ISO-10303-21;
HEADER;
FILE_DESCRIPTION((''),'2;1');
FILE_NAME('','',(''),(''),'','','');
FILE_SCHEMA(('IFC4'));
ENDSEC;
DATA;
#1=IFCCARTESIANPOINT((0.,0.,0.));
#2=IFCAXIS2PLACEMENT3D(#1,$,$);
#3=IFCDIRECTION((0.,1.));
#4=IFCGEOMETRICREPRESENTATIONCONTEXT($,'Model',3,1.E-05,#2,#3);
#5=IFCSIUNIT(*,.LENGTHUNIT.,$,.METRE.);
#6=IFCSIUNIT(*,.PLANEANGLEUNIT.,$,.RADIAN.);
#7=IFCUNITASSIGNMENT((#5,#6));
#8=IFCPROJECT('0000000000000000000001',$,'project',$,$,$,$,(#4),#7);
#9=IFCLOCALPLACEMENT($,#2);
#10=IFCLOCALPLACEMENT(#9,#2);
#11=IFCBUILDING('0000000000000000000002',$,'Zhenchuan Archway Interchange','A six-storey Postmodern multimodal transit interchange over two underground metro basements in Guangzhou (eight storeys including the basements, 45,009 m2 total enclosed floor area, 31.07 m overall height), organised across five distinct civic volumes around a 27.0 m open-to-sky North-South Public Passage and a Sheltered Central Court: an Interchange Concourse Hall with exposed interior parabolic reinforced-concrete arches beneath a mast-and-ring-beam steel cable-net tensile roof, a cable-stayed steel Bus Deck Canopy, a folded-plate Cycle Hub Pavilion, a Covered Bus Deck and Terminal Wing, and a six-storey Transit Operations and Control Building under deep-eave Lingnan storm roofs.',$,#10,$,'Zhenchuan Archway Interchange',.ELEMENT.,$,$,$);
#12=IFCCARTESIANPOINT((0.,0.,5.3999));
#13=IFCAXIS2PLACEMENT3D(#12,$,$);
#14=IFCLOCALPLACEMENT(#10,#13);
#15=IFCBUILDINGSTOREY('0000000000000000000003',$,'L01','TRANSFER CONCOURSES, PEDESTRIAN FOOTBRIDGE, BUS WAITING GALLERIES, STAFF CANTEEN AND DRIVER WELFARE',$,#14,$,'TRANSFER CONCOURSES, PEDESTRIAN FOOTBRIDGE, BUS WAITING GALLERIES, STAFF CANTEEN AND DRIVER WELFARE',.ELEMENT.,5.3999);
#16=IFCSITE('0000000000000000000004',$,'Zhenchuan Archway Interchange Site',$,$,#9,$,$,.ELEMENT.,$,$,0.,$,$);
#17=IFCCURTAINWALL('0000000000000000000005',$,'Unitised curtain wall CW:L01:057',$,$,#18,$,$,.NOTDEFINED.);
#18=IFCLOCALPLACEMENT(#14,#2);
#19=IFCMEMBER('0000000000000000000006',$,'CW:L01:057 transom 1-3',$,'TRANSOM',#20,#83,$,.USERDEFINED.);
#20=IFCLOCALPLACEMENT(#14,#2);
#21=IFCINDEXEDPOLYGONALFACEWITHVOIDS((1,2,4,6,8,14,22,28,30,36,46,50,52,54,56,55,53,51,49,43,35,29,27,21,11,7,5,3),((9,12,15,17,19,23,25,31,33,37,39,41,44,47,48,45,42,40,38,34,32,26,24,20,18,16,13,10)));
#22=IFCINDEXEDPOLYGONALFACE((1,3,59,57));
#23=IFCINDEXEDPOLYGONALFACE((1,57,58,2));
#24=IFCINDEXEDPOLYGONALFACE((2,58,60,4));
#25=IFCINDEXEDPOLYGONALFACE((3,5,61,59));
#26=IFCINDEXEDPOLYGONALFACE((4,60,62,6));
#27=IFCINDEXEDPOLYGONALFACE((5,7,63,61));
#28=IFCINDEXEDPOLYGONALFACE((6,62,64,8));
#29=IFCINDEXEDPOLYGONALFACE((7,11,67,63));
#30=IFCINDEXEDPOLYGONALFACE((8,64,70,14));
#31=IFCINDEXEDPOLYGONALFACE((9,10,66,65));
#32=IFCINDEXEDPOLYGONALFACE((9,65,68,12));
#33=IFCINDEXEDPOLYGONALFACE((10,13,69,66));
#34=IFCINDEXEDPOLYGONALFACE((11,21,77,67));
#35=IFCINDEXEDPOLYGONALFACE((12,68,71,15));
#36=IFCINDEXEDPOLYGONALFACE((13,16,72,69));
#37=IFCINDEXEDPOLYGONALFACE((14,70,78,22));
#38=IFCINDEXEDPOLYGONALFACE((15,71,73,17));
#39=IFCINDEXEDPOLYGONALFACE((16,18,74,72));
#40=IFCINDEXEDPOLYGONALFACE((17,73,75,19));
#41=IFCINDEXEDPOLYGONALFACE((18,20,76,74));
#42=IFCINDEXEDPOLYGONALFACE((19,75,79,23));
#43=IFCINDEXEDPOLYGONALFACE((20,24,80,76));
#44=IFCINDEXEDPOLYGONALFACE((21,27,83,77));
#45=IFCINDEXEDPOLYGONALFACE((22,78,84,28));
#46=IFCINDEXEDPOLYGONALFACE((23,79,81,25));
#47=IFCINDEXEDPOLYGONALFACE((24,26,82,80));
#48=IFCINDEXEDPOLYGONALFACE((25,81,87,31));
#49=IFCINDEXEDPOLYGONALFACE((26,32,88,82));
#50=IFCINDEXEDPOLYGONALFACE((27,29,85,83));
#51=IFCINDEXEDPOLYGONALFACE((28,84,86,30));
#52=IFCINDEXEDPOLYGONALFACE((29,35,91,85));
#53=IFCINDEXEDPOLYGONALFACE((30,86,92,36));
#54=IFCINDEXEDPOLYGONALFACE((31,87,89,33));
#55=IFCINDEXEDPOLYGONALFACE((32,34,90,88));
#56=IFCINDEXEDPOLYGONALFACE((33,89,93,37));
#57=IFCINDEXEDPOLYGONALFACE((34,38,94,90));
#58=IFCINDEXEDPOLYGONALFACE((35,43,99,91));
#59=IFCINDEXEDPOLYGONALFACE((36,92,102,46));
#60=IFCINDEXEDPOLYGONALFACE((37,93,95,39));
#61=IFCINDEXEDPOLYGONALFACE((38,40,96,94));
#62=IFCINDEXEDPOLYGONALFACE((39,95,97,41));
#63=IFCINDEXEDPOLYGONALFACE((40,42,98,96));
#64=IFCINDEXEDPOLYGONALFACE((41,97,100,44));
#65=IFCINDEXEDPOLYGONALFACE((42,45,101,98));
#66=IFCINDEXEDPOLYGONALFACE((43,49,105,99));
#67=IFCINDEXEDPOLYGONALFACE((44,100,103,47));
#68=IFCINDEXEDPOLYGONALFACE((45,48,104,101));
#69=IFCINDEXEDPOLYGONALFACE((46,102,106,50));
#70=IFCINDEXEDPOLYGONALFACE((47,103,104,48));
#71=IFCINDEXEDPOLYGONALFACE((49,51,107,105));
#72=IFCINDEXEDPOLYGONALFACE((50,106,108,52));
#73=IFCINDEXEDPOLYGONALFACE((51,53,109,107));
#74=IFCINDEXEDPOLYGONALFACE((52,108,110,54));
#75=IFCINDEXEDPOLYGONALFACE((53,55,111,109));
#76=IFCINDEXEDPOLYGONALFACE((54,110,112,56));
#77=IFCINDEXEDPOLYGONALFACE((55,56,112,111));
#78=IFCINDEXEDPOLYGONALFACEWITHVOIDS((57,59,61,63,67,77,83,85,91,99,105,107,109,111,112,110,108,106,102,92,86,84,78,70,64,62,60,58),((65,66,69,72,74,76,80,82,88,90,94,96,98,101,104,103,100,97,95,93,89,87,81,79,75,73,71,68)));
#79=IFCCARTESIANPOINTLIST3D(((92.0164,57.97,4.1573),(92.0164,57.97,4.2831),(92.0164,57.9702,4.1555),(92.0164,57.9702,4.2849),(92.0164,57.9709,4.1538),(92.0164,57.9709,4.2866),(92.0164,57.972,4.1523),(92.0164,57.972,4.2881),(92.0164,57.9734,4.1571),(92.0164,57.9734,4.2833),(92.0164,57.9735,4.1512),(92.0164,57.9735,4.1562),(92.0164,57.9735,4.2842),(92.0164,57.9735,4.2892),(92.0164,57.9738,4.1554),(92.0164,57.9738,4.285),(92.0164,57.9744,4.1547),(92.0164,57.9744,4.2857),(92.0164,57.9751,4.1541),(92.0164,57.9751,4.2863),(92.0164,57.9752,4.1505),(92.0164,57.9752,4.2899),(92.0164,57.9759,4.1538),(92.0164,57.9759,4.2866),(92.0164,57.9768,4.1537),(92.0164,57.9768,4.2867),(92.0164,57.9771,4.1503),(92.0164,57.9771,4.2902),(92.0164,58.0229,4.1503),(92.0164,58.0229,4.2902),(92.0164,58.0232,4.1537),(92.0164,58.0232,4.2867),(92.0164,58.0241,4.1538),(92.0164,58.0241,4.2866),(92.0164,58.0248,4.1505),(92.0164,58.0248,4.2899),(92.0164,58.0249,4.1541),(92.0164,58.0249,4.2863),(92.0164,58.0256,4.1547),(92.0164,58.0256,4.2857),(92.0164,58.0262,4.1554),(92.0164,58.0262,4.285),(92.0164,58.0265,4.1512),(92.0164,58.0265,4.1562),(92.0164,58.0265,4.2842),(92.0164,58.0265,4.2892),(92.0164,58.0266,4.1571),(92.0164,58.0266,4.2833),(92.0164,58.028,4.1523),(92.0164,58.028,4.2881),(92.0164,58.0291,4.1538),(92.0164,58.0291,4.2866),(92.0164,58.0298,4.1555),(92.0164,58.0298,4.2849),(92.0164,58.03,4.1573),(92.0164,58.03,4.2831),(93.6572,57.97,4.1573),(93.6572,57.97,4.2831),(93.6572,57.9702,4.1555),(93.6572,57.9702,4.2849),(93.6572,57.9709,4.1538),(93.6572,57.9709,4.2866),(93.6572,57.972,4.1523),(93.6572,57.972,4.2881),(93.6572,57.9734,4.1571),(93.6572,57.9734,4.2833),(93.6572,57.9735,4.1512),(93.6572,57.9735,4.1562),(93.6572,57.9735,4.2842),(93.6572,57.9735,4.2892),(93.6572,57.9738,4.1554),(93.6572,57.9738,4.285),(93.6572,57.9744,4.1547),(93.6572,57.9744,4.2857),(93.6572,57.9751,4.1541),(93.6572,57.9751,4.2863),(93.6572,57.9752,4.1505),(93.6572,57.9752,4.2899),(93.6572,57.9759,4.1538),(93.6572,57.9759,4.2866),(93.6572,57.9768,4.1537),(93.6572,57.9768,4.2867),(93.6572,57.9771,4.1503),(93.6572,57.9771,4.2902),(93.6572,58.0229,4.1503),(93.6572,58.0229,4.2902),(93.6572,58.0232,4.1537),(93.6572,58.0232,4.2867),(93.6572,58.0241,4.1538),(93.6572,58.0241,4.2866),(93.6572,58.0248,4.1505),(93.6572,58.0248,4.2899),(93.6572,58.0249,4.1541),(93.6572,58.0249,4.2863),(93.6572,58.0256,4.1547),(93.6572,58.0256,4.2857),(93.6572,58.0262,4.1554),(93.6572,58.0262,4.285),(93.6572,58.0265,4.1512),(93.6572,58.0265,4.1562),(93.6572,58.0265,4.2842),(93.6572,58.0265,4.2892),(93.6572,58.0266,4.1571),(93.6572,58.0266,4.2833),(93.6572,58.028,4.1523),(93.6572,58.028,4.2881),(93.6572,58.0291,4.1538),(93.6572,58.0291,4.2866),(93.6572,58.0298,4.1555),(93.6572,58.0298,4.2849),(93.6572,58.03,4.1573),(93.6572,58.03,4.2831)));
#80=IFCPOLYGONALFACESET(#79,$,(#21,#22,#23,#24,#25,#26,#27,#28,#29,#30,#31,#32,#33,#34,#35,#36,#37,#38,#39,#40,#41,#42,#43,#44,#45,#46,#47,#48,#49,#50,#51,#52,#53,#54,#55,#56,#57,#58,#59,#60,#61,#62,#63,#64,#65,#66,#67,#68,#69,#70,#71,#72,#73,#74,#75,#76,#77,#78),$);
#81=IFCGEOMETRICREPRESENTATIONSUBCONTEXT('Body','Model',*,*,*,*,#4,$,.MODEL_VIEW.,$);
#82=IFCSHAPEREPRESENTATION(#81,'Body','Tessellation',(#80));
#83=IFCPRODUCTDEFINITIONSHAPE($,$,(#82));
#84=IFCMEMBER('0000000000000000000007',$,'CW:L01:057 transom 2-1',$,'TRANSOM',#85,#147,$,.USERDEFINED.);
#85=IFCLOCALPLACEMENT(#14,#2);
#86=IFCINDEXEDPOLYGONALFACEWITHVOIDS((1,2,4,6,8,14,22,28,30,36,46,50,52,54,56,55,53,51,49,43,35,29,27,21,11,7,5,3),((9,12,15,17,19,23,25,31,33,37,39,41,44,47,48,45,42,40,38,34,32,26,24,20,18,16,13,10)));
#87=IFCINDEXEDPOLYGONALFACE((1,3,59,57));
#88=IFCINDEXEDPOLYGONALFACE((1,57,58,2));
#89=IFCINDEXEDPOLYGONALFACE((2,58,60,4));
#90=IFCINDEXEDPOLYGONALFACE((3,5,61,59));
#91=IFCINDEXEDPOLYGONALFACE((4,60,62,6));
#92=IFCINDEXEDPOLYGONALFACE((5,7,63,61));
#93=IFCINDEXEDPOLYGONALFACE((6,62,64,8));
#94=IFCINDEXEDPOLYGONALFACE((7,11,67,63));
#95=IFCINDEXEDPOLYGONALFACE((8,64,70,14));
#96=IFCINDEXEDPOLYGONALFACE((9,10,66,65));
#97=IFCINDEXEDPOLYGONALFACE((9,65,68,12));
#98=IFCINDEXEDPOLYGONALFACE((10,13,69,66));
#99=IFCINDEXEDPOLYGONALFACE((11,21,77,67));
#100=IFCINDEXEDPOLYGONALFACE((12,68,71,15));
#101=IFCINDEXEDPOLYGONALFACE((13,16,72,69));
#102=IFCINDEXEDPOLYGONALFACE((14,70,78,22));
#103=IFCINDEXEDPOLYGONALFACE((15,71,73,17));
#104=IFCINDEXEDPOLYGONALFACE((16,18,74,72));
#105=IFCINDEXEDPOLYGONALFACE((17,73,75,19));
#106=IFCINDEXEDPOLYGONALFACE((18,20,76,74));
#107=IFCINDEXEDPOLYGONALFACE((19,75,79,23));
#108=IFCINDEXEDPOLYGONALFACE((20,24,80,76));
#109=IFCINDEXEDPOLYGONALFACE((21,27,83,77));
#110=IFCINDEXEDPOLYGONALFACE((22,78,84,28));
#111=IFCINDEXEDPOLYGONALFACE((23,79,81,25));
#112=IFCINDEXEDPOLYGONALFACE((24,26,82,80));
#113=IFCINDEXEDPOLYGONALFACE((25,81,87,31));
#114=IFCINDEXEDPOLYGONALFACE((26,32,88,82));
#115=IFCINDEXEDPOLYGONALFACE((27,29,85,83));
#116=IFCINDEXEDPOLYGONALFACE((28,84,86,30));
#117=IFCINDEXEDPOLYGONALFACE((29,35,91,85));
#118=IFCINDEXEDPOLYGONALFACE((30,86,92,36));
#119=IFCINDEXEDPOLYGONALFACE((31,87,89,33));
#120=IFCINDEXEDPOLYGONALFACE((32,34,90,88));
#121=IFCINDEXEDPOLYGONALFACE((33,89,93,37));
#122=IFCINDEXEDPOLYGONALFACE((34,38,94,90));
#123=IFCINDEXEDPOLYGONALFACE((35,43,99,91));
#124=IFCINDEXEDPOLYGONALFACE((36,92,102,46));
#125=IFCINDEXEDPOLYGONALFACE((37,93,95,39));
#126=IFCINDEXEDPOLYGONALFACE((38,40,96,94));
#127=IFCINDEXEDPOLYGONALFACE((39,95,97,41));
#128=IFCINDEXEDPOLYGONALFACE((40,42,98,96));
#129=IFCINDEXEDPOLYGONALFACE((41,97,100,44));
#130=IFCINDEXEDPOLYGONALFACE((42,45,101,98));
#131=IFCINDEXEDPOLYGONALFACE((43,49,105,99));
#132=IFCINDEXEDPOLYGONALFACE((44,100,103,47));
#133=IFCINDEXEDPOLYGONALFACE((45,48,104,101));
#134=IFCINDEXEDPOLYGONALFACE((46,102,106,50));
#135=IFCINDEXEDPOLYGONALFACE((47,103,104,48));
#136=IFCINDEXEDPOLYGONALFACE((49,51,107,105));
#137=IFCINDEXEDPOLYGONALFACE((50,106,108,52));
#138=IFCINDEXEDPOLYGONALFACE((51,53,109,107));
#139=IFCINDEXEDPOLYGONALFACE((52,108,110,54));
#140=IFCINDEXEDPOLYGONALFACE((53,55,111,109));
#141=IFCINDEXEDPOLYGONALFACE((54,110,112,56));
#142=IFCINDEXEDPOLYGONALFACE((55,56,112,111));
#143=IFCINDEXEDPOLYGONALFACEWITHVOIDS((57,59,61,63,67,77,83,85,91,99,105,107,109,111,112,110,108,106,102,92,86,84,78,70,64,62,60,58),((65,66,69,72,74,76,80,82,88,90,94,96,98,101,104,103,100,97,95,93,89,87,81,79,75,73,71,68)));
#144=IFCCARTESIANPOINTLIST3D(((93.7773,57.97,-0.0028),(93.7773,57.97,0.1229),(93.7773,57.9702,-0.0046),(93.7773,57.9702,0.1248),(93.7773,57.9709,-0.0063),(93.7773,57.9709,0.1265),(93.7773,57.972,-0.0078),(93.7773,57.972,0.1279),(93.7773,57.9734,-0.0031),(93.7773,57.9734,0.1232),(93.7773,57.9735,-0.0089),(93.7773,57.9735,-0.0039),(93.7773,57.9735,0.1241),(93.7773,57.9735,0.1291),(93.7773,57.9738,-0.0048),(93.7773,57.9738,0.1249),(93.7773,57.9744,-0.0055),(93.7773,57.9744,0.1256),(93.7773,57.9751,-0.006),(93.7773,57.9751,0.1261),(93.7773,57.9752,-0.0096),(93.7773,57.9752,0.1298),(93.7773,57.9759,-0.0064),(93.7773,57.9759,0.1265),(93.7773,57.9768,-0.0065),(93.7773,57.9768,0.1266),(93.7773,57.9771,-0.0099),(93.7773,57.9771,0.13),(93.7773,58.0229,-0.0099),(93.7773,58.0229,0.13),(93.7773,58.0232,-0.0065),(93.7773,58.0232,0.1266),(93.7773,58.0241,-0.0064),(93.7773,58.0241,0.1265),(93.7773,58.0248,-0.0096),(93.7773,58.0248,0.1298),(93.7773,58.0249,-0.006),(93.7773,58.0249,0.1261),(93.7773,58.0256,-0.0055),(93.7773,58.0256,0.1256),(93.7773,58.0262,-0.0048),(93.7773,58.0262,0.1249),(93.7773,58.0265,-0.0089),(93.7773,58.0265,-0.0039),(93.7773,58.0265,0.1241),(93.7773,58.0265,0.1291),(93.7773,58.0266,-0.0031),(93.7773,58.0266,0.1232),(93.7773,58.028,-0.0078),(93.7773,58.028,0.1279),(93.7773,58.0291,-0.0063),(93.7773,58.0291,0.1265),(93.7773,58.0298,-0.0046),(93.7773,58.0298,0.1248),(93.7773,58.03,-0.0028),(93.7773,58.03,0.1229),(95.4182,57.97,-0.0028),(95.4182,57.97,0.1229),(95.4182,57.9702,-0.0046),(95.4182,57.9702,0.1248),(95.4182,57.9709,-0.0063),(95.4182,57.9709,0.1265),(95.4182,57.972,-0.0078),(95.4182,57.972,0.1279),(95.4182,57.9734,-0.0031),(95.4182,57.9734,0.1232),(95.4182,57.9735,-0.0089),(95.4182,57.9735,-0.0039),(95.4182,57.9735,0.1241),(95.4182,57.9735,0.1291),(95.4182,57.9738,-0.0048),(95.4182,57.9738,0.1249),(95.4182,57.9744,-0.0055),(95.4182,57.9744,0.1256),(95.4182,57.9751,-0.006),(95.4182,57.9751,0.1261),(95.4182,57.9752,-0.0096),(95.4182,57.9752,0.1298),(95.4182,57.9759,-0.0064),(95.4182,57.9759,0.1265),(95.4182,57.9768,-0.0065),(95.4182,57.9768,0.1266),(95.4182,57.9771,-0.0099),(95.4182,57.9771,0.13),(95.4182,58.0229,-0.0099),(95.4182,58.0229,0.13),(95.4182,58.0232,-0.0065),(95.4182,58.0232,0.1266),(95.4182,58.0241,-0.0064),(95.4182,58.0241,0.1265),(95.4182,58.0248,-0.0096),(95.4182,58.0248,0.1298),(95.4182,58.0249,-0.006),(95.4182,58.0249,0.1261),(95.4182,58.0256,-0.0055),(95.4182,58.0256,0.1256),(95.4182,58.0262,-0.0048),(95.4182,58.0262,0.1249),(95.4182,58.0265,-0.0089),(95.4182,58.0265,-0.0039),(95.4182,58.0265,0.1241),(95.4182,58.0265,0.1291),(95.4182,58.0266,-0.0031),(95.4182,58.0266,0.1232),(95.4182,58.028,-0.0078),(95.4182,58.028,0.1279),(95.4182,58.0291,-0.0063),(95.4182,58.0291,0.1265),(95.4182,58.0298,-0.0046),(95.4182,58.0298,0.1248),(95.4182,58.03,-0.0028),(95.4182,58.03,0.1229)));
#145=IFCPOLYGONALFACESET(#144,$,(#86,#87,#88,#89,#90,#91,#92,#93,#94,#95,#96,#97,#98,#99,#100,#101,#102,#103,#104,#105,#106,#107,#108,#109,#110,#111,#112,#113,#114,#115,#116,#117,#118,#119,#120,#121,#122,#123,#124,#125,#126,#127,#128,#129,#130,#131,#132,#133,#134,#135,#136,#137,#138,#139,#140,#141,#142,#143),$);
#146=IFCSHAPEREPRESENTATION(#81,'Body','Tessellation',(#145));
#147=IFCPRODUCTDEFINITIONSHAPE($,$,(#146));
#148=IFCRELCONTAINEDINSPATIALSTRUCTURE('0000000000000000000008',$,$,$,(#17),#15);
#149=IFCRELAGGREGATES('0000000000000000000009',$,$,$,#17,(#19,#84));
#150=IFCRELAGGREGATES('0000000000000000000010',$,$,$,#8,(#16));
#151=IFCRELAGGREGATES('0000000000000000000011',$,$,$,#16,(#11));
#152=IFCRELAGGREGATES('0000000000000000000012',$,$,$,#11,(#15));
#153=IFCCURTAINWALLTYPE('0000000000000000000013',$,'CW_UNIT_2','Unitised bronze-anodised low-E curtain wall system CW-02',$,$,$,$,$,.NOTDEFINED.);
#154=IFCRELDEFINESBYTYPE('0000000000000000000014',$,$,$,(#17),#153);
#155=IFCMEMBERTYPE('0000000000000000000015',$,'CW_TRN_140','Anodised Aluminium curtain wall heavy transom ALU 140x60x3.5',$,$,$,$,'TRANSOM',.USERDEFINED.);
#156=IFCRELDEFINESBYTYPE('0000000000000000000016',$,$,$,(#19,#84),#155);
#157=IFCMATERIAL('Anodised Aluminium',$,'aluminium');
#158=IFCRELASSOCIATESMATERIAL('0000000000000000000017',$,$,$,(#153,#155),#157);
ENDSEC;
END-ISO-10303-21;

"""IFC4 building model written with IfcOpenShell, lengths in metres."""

from ifc_helpers import new_model, si_unit, direction, frame, origin, origin_2d, place, context, subcontext, project, spatial, hollow_rectangle, extrude, material, material_profile, profile_set, type_object, element, aggregate, save


model = new_model("IFC4")

# Units and contexts
model_context = context("Model", 3, precision=1e-05, world=origin(), true_north=direction((0.0, 1.0)))
body_context = subcontext(model_context, "Body", "Model", "MODEL_VIEW")
ifc_project = project(units=[si_unit("LENGTHUNIT", "METRE"), si_unit("PLANEANGLEUNIT", "RADIAN")], contexts=[model_context])

# Site, building, storey
site_placement = place(None, origin())
site = spatial("IfcSite", under=ifc_project, at=site_placement, Name="Zhenchuan Archway Interchange Site", CompositionType="ELEMENT", RefElevation=0.0)
building_placement = place(site_placement, origin())
building = spatial("IfcBuilding", under=site, at=building_placement, Name="Zhenchuan Archway Interchange", Description="A six-storey Postmodern multimodal transit interchange over two underground metro basements in Guangzhou (eight storeys including the basements, 45,009 m2 total enclosed floor area, 31.07 m overall height), organised across five distinct civic volumes around a 27.0 m open-to-sky North-South Public Passage and a Sheltered Central Court: an Interchange Concourse Hall with exposed interior parabolic reinforced-concrete arches beneath a mast-and-ring-beam steel cable-net tensile roof, a cable-stayed steel Bus Deck Canopy, a folded-plate Cycle Hub Pavilion, a Covered Bus Deck and Terminal Wing, and a six-storey Transit Operations and Control Building under deep-eave Lingnan storm roofs.", LongName="Zhenchuan Archway Interchange", CompositionType="ELEMENT")
storey_placement = place(building_placement, frame((0.0, 0.0, 5.3999)))
storey = spatial("IfcBuildingStorey", under=building, at=storey_placement, Name="L01", Description="TRANSFER CONCOURSES, PEDESTRIAN FOOTBRIDGE, BUS WAITING GALLERIES, STAFF CANTEEN AND DRIVER WELFARE", LongName="TRANSFER CONCOURSES, PEDESTRIAN FOOTBRIDGE, BUS WAITING GALLERIES, STAFF CANTEEN AND DRIVER WELFARE", CompositionType="ELEMENT", Elevation=5.3999)

# Shared definitions
ifc_material_1 = material(Name="Anodised Aluminium", Category="aluminium")

# Curtain wall
curtain_wall_type_1 = type_object("IfcCurtainWallType", Name="CW_UNIT_2", Description="Unitised bronze-anodised low-E curtain wall system CW-02", PredefinedType="NOTDEFINED", material=ifc_material_1)
curtain_wall_1_placement = place(storey_placement, origin())
curtain_wall_1 = element("IfcCurtainWall", 1, at=curtain_wall_1_placement, inside=storey, type_object=curtain_wall_type_1, Name="Unitised curtain wall CW:L01:057", PredefinedType="NOTDEFINED")

# Members
ifc_material_profile_1 = material_profile(ifc_material_1, hollow_rectangle(XDim=0.0601, YDim=0.1399, WallThickness=0.0034, InnerFilletRadius=0.0034, OuterFilletRadius=0.0071, at=origin_2d()), Name="ALU 140x60x3.5")
ifc_profile_set_1 = profile_set([ifc_material_profile_1], Name="Anodised Aluminium")
member_type_1 = type_object("IfcMemberType", Name="CW_TRN_140", Description="Anodised Aluminium curtain wall heavy transom ALU 140x60x3.5", ElementType="TRANSOM", PredefinedType="USERDEFINED", material=ifc_profile_set_1)
member_1_placement = place(storey_placement, frame((92.0164, 58.0, 4.2202), z_axis=(1.0, 0.0, 0.0), x_axis=(0.0, 1.0, 0.0)))
member_1 = element("IfcMember", 2, at=member_1_placement, type_object=member_type_1, Name="CW:L01:057 transom 1-3", ObjectType="TRANSOM", PredefinedType="USERDEFINED", context=body_context, shape_type="SweptSolid", body=[
    extrude(hollow_rectangle(XDim=0.0601, YDim=0.1399, WallThickness=0.0034, InnerFilletRadius=0.0034, OuterFilletRadius=0.0071, at=origin_2d()), origin(), (0.0, 0.0, 1.0), 1.6409),
])
member_2_placement = place(storey_placement, frame((93.7773, 58.0, 0.0601), z_axis=(1.0, 0.0, 0.0), x_axis=(0.0, 1.0, 0.0)))
member_2 = element("IfcMember", 3, at=member_2_placement, type_object=member_type_1, Name="CW:L01:057 transom 2-1", ObjectType="TRANSOM", PredefinedType="USERDEFINED", context=body_context, shape_type="SweptSolid", body=[
    extrude(hollow_rectangle(XDim=0.0601, YDim=0.1399, WallThickness=0.0034, InnerFilletRadius=0.0034, OuterFilletRadius=0.0071, at=origin_2d()), origin(), (0.0, 0.0, 1.0), 1.6409),
])

aggregate(curtain_wall_1, [member_1, member_2])

save(model, "model.ifc")
